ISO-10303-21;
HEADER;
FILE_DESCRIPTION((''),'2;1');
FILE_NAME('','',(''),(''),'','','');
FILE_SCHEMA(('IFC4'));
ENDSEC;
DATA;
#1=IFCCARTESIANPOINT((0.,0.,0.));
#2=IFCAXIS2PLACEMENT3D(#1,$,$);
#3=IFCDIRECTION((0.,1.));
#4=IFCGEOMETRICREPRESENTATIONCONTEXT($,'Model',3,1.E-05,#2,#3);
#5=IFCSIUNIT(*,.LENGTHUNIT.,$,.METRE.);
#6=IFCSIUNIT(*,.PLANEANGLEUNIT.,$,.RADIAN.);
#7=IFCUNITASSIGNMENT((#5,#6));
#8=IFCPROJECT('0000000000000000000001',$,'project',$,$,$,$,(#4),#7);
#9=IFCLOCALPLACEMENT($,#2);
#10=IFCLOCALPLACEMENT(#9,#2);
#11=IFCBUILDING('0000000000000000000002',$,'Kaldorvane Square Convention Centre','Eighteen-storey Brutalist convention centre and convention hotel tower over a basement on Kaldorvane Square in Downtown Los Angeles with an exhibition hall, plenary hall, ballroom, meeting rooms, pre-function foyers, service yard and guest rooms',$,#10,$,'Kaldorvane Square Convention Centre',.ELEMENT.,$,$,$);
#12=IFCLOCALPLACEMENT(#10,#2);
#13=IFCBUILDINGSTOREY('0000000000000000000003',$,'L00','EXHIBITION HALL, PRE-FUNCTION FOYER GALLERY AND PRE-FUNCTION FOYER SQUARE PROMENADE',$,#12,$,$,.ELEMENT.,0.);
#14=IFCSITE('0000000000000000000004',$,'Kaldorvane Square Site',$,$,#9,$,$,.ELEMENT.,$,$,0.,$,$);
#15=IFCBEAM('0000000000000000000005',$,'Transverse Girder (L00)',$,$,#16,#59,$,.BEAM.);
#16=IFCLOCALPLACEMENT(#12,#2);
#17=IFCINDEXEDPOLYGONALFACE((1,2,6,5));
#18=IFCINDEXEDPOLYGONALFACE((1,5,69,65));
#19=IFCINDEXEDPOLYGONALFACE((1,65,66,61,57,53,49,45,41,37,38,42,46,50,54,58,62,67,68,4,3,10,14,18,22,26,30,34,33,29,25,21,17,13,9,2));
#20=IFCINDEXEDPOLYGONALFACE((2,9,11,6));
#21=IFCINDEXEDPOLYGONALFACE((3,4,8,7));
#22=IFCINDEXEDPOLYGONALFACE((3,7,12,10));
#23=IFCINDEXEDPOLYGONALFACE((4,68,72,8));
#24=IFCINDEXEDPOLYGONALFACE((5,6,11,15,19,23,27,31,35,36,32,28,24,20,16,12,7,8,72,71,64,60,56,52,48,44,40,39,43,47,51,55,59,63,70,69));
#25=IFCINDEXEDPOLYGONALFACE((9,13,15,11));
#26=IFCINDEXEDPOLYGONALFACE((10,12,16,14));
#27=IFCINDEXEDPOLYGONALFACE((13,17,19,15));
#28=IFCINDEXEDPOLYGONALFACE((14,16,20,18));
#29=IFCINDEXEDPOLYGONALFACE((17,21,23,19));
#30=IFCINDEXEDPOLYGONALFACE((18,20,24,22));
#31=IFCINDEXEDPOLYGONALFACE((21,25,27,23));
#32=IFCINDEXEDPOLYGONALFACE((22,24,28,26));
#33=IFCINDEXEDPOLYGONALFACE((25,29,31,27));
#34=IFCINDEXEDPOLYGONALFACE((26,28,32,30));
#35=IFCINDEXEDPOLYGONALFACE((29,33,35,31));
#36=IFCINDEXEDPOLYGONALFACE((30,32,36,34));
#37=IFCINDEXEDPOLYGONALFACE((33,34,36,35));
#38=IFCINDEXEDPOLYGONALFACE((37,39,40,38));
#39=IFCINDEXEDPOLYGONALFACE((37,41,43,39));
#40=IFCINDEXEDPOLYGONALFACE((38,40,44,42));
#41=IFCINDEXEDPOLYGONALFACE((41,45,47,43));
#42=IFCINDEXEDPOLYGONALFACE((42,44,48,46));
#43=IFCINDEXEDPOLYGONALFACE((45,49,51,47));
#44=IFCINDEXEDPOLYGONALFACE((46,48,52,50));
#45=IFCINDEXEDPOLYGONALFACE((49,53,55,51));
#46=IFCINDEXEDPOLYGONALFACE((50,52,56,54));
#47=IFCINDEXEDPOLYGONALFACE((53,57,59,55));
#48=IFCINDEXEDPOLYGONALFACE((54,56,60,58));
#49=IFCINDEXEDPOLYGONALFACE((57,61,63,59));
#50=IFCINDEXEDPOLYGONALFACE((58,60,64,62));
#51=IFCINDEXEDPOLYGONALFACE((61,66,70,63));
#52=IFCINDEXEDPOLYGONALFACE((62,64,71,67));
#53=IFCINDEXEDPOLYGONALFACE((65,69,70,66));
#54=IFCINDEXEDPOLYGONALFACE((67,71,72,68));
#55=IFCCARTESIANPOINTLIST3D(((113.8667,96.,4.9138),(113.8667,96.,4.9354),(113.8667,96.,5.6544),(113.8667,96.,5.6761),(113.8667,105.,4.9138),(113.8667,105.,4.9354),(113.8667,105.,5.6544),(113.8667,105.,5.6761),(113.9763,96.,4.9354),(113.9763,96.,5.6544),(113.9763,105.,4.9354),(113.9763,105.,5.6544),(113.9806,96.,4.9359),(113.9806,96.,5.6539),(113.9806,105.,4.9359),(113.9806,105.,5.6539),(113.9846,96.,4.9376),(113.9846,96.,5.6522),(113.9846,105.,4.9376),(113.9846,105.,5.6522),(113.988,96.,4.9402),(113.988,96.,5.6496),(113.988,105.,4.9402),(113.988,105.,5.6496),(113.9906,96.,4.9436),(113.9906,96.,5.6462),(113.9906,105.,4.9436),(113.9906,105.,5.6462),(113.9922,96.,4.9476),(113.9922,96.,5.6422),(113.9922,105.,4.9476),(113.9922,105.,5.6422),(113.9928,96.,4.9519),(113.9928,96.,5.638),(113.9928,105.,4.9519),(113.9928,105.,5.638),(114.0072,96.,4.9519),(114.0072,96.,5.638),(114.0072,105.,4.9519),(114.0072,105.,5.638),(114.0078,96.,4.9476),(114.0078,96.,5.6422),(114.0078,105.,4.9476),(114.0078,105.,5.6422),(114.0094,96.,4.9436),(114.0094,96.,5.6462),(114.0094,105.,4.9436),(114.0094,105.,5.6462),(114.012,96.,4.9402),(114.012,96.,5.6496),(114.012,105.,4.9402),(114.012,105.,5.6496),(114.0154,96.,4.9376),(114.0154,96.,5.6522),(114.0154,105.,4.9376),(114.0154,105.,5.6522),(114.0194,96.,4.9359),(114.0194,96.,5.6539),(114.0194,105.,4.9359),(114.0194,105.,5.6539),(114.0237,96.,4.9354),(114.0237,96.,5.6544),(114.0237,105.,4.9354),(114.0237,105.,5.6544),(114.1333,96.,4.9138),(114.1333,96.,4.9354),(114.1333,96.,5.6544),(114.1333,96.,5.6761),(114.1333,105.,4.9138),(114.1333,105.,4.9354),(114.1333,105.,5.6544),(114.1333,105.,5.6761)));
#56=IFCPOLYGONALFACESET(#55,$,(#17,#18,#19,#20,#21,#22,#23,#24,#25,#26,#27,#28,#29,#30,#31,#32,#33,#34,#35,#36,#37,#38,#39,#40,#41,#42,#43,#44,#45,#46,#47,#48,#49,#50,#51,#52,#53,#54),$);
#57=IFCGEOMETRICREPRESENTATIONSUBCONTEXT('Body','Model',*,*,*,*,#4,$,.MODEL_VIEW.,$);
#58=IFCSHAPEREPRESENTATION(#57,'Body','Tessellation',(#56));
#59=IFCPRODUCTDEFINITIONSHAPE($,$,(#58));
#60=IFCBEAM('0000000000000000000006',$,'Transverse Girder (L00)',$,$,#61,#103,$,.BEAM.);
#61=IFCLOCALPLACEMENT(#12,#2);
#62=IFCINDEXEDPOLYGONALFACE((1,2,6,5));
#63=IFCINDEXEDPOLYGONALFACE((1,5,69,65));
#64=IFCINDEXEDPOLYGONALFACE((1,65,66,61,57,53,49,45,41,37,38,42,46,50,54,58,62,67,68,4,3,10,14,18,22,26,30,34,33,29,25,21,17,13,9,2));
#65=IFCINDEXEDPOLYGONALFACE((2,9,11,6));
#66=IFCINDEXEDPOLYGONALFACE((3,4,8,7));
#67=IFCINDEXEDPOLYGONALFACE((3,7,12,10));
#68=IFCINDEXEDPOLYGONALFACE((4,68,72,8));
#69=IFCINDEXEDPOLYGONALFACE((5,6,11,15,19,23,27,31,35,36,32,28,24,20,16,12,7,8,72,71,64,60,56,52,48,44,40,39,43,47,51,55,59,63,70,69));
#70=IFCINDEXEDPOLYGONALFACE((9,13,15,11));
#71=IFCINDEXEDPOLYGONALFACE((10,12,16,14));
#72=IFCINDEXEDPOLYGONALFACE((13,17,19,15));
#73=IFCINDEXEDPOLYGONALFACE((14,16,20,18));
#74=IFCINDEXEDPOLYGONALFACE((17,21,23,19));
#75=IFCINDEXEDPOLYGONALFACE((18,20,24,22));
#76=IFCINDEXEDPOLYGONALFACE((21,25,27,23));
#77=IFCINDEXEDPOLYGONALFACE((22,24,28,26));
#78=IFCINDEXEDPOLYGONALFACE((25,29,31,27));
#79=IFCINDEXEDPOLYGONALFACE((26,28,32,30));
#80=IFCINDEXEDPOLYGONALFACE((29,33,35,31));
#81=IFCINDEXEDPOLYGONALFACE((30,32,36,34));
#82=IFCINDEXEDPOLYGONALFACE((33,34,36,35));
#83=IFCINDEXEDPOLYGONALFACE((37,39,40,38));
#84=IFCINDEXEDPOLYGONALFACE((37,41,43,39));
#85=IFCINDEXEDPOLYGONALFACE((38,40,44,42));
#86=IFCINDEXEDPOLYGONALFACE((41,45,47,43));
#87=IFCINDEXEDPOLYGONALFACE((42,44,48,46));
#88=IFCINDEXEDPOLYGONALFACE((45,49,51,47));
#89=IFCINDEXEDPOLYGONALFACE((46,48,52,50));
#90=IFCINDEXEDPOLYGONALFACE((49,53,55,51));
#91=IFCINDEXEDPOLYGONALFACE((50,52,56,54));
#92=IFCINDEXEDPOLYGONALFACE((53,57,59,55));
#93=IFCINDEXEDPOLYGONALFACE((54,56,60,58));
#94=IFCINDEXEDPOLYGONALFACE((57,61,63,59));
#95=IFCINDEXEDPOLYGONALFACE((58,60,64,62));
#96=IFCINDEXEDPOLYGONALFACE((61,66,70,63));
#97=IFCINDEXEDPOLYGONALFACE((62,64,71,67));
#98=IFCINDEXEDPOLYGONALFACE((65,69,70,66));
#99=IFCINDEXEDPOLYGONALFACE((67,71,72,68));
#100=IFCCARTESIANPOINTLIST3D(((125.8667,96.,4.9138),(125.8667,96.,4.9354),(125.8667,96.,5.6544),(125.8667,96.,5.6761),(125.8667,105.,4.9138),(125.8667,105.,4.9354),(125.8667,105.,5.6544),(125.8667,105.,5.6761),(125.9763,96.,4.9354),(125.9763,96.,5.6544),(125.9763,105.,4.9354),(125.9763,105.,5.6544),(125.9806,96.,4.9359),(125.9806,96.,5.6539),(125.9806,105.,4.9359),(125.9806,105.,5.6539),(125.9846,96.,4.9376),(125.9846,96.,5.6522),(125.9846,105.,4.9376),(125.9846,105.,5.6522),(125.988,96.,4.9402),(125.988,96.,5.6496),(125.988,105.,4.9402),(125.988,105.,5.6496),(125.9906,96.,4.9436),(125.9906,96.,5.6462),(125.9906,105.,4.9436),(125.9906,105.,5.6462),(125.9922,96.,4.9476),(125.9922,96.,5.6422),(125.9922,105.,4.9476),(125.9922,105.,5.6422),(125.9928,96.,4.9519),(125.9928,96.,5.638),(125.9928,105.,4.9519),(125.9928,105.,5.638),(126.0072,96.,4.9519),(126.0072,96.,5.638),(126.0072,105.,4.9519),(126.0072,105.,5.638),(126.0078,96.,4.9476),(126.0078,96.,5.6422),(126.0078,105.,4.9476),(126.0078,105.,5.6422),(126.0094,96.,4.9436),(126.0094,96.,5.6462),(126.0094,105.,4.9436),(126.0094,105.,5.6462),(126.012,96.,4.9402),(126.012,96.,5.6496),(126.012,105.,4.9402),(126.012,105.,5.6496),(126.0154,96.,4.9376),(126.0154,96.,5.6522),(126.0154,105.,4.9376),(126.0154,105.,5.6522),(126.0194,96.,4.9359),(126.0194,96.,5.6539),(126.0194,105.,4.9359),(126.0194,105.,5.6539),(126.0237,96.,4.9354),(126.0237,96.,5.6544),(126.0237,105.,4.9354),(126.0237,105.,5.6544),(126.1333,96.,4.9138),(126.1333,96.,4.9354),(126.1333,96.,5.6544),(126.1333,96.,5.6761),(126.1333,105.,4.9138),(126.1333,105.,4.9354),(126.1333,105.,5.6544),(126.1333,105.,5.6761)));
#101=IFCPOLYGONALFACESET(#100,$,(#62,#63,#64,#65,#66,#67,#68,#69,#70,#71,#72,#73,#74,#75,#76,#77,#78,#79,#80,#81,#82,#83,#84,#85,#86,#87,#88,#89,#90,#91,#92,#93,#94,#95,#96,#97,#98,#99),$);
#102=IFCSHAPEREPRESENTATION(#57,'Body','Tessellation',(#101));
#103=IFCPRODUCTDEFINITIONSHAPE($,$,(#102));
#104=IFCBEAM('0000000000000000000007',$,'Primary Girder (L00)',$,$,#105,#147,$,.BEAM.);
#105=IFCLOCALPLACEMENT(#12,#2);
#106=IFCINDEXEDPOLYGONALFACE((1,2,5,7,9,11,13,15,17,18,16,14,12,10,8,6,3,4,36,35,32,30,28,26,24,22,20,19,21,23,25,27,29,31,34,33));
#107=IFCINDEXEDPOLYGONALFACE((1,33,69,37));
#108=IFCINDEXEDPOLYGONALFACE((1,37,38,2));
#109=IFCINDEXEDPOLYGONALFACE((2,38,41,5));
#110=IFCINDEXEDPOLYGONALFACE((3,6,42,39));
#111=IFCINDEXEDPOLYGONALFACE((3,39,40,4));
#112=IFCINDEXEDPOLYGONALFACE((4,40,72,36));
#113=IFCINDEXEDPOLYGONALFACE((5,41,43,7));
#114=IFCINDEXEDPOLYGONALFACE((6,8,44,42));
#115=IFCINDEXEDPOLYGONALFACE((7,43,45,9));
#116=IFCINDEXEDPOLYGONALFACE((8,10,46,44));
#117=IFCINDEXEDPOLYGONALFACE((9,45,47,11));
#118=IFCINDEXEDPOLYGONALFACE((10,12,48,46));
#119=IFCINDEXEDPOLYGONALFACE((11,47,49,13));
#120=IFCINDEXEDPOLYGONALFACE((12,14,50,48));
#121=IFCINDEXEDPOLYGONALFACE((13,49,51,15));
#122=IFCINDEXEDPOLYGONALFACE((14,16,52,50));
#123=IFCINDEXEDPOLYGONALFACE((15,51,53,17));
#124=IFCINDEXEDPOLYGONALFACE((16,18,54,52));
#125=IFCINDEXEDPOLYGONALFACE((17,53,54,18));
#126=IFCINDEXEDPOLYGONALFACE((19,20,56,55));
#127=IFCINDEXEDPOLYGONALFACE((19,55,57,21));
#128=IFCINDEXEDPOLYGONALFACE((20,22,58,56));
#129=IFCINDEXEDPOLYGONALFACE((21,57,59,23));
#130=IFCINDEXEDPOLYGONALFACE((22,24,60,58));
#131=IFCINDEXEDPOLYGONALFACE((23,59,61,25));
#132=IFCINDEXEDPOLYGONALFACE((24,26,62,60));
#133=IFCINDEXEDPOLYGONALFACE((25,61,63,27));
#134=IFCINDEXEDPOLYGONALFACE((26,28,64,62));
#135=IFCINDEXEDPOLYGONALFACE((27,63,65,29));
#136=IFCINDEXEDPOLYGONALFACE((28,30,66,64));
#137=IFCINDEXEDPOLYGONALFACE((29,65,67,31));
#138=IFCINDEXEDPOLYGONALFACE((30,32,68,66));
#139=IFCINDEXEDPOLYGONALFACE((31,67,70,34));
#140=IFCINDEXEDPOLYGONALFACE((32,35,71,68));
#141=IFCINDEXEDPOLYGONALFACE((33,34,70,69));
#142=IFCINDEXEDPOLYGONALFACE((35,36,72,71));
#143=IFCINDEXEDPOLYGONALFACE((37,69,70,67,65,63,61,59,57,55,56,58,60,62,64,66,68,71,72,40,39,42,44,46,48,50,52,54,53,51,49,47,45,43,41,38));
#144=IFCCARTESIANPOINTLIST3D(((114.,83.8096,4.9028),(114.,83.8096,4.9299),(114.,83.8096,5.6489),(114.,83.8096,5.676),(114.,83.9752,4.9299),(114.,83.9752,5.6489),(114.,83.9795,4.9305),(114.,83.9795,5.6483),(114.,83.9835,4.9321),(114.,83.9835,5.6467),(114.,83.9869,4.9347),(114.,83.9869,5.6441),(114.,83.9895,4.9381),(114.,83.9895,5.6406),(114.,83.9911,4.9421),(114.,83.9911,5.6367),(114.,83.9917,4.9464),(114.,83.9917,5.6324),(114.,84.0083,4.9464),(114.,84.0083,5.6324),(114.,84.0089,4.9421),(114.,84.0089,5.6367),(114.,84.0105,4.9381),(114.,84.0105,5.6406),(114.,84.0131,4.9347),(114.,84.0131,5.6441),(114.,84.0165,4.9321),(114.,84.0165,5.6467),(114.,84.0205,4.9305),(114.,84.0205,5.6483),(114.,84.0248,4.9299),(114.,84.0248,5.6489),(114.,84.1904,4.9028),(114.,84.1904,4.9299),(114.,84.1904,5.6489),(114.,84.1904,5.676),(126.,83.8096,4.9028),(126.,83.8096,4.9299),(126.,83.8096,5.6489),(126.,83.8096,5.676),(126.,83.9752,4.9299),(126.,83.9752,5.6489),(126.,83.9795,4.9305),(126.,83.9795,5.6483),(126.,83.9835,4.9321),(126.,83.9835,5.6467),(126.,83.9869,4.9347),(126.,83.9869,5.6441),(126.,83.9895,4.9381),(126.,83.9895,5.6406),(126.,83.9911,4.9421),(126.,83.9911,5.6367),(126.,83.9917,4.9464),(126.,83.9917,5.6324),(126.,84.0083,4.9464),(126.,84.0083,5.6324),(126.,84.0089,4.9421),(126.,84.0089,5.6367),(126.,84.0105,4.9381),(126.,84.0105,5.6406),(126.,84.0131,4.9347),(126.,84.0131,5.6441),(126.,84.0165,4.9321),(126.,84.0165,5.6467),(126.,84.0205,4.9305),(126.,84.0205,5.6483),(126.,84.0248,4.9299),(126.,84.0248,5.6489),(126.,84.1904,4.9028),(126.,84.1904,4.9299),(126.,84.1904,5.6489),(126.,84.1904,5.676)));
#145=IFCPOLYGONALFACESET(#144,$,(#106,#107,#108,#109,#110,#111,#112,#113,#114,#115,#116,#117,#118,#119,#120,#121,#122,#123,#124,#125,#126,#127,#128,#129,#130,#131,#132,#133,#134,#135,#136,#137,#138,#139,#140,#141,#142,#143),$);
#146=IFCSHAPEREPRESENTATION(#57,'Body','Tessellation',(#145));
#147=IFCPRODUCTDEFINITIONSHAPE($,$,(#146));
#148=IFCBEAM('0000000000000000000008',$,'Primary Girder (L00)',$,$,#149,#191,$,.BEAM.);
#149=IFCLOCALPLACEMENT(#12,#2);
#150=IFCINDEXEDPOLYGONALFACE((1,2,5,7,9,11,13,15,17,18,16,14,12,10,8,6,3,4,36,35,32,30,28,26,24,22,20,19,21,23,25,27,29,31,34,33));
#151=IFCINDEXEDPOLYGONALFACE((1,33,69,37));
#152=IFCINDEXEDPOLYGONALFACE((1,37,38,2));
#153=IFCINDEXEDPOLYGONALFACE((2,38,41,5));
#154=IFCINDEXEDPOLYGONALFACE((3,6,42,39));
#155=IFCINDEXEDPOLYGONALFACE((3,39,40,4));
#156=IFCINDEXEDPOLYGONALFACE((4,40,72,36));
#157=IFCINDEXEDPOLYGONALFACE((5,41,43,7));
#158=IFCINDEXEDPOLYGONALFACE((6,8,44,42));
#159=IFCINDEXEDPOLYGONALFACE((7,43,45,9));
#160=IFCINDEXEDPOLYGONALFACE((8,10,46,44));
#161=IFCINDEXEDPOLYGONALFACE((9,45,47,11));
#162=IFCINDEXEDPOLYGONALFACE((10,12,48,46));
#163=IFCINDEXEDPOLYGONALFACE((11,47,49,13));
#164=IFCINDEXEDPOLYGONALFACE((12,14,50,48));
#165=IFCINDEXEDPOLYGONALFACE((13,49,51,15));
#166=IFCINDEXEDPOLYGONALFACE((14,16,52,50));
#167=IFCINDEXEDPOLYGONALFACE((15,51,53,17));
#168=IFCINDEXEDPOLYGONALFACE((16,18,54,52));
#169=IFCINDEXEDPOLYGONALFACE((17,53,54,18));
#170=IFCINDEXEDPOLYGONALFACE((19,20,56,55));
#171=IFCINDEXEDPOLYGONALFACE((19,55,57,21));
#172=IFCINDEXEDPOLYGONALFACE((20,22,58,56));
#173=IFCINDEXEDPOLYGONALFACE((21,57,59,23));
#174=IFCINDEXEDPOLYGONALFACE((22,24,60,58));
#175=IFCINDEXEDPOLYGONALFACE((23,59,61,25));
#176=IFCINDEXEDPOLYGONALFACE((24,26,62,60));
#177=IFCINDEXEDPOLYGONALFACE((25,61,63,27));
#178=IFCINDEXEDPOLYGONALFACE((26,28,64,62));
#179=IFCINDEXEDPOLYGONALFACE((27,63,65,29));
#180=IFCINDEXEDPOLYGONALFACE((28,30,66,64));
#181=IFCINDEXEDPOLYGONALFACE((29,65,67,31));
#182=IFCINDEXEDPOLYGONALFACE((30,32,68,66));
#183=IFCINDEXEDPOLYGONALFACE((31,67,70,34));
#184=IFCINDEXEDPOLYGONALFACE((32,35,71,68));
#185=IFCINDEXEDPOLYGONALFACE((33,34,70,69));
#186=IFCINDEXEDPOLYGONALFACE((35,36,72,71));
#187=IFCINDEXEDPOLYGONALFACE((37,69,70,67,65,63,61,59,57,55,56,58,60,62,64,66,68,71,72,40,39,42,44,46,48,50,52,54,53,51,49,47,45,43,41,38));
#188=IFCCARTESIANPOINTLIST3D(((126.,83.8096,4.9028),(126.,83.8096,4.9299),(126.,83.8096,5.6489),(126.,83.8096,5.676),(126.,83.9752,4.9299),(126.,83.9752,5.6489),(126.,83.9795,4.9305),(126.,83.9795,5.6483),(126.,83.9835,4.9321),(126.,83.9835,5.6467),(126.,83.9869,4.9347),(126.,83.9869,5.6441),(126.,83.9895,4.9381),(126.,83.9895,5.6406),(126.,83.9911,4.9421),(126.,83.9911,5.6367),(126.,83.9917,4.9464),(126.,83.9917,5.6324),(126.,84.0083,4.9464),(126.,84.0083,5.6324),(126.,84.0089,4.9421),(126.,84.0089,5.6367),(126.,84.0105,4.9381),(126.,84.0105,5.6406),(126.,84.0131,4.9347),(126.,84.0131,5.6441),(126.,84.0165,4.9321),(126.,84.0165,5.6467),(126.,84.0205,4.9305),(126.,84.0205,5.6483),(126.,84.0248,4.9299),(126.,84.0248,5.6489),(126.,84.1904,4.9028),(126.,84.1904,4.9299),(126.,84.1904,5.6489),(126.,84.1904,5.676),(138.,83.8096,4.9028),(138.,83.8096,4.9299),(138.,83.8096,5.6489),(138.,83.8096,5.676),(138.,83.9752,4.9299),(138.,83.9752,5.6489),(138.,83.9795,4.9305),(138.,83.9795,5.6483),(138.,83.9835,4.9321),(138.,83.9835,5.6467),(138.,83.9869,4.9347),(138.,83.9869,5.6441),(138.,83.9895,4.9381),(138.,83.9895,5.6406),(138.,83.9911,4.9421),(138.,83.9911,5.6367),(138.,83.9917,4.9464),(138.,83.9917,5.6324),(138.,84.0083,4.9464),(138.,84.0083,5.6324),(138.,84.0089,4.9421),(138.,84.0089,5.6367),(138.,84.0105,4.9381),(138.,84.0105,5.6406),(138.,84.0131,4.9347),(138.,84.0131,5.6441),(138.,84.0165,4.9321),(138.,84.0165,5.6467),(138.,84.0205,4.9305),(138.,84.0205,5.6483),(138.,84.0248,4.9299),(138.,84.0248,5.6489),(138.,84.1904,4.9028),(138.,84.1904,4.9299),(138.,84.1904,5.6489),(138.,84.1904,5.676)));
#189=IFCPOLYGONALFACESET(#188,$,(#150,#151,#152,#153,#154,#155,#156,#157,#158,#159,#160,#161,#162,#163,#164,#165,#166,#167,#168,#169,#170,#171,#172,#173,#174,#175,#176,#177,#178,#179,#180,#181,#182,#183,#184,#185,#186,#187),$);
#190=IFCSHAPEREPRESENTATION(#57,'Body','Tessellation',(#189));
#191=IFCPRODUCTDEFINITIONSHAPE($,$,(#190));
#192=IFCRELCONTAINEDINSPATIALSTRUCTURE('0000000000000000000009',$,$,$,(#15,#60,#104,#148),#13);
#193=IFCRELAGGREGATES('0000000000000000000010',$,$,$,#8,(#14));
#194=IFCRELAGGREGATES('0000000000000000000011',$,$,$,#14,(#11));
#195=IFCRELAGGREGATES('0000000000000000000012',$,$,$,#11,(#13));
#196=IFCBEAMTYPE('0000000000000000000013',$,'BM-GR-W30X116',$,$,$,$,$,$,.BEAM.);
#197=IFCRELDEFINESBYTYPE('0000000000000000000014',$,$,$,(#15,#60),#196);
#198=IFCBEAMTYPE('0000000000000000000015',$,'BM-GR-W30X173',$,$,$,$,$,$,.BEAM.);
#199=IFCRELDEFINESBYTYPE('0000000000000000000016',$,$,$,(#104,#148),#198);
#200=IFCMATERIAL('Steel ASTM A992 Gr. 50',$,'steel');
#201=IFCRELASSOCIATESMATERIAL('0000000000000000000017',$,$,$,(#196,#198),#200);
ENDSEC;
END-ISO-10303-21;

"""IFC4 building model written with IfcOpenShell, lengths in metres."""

from ifc_helpers import new_model, si_unit, direction, frame, origin, origin_2d, place, context, subcontext, project, spatial, i_section, extrude, material, material_profile, profile_set, type_object, element, save


model = new_model("IFC4")

# Units and contexts
model_context = context("Model", 3, precision=1e-05, world=origin(), true_north=direction((0.0, 1.0)))
body_context = subcontext(model_context, "Body", "Model", "MODEL_VIEW")
ifc_project = project(units=[si_unit("LENGTHUNIT", "METRE"), si_unit("PLANEANGLEUNIT", "RADIAN")], contexts=[model_context])

# Site, building, storey
site_placement = place(None, origin())
site = spatial("IfcSite", under=ifc_project, at=site_placement, Name="Kaldorvane Square Site", CompositionType="ELEMENT", RefElevation=0.0)
building_placement = place(site_placement, origin())
building = spatial("IfcBuilding", under=site, at=building_placement, Name="Kaldorvane Square Convention Centre", Description="Eighteen-storey Brutalist convention centre and convention hotel tower over a basement on Kaldorvane Square in Downtown Los Angeles with an exhibition hall, plenary hall, ballroom, meeting rooms, pre-function foyers, service yard and guest rooms", LongName="Kaldorvane Square Convention Centre", CompositionType="ELEMENT")
storey_placement = place(building_placement, origin())
storey = spatial("IfcBuildingStorey", under=building, at=storey_placement, Name="L00", Description="EXHIBITION HALL, PRE-FUNCTION FOYER GALLERY AND PRE-FUNCTION FOYER SQUARE PROMENADE", CompositionType="ELEMENT", Elevation=0.0)

# Shared definitions
ifc_material_1 = material(Name="Steel ASTM A992 Gr. 50", Category="steel")

# Beams
ifc_material_profile_1 = material_profile(ifc_material_1, i_section(OverallWidth=0.2666, OverallDepth=0.7623, WebThickness=0.0144, FlangeThickness=0.0216, FilletRadius=0.0165, at=origin_2d()), Name="W30X116")
ifc_profile_set_1 = profile_set([ifc_material_profile_1], Name="Steel ASTM A992 Gr. 50")
beam_type_1 = type_object("IfcBeamType", Name="BM-GR-W30X116", PredefinedType="BEAM", material=ifc_profile_set_1)
for number, where, z_axis, x_axis, name in (
    (1, (114.0, 96.0, 5.2949), (0.0, 1.0, 0.0), (-1.0, 0.0, 0.0), "Transverse Girder (L00)"),
    (2, (126.0, 96.0, 5.2949), (0.0, 1.0, 0.0), (-1.0, 0.0, 0.0), "Transverse Girder (L00)"),
):
    element("IfcBeam", number, at=place(storey_placement, frame(where, z_axis=z_axis, x_axis=x_axis)), inside=storey, type_object=beam_type_1, Name=name, PredefinedType="BEAM", context=body_context, shape_type="SweptSolid", body=[
        extrude(i_section(OverallWidth=0.2666, OverallDepth=0.7623, WebThickness=0.0144, FlangeThickness=0.0216, FilletRadius=0.0165, at=origin_2d()), origin(), (0.0, 0.0, 1.0), 9.0),
    ])
ifc_material_profile_2 = material_profile(ifc_material_1, i_section(OverallWidth=0.3807, OverallDepth=0.7732, WebThickness=0.0166, FlangeThickness=0.0271, FilletRadius=0.0165, at=origin_2d()), Name="W30X173")
ifc_profile_set_2 = profile_set([ifc_material_profile_2], Name="Steel ASTM A992 Gr. 50")
beam_type_2 = type_object("IfcBeamType", Name="BM-GR-W30X173", PredefinedType="BEAM", material=ifc_profile_set_2)
for number, where, z_axis, x_axis, name in (
    (3, (114.0, 84.0, 5.2894), (1.0, 0.0, 0.0), (0.0, 1.0, 0.0), "Primary Girder (L00)"),
    (4, (126.0, 84.0, 5.2894), (1.0, 0.0, 0.0), (0.0, 1.0, 0.0), "Primary Girder (L00)"),
):
    element("IfcBeam", number, at=place(storey_placement, frame(where, z_axis=z_axis, x_axis=x_axis)), inside=storey, type_object=beam_type_2, Name=name, PredefinedType="BEAM", context=body_context, shape_type="SweptSolid", body=[
        extrude(i_section(OverallWidth=0.3807, OverallDepth=0.7732, WebThickness=0.0166, FlangeThickness=0.0271, FilletRadius=0.0165, at=origin_2d()), origin(), (0.0, 0.0, 1.0), 12.0),
    ])

save(model, "model.ifc")
